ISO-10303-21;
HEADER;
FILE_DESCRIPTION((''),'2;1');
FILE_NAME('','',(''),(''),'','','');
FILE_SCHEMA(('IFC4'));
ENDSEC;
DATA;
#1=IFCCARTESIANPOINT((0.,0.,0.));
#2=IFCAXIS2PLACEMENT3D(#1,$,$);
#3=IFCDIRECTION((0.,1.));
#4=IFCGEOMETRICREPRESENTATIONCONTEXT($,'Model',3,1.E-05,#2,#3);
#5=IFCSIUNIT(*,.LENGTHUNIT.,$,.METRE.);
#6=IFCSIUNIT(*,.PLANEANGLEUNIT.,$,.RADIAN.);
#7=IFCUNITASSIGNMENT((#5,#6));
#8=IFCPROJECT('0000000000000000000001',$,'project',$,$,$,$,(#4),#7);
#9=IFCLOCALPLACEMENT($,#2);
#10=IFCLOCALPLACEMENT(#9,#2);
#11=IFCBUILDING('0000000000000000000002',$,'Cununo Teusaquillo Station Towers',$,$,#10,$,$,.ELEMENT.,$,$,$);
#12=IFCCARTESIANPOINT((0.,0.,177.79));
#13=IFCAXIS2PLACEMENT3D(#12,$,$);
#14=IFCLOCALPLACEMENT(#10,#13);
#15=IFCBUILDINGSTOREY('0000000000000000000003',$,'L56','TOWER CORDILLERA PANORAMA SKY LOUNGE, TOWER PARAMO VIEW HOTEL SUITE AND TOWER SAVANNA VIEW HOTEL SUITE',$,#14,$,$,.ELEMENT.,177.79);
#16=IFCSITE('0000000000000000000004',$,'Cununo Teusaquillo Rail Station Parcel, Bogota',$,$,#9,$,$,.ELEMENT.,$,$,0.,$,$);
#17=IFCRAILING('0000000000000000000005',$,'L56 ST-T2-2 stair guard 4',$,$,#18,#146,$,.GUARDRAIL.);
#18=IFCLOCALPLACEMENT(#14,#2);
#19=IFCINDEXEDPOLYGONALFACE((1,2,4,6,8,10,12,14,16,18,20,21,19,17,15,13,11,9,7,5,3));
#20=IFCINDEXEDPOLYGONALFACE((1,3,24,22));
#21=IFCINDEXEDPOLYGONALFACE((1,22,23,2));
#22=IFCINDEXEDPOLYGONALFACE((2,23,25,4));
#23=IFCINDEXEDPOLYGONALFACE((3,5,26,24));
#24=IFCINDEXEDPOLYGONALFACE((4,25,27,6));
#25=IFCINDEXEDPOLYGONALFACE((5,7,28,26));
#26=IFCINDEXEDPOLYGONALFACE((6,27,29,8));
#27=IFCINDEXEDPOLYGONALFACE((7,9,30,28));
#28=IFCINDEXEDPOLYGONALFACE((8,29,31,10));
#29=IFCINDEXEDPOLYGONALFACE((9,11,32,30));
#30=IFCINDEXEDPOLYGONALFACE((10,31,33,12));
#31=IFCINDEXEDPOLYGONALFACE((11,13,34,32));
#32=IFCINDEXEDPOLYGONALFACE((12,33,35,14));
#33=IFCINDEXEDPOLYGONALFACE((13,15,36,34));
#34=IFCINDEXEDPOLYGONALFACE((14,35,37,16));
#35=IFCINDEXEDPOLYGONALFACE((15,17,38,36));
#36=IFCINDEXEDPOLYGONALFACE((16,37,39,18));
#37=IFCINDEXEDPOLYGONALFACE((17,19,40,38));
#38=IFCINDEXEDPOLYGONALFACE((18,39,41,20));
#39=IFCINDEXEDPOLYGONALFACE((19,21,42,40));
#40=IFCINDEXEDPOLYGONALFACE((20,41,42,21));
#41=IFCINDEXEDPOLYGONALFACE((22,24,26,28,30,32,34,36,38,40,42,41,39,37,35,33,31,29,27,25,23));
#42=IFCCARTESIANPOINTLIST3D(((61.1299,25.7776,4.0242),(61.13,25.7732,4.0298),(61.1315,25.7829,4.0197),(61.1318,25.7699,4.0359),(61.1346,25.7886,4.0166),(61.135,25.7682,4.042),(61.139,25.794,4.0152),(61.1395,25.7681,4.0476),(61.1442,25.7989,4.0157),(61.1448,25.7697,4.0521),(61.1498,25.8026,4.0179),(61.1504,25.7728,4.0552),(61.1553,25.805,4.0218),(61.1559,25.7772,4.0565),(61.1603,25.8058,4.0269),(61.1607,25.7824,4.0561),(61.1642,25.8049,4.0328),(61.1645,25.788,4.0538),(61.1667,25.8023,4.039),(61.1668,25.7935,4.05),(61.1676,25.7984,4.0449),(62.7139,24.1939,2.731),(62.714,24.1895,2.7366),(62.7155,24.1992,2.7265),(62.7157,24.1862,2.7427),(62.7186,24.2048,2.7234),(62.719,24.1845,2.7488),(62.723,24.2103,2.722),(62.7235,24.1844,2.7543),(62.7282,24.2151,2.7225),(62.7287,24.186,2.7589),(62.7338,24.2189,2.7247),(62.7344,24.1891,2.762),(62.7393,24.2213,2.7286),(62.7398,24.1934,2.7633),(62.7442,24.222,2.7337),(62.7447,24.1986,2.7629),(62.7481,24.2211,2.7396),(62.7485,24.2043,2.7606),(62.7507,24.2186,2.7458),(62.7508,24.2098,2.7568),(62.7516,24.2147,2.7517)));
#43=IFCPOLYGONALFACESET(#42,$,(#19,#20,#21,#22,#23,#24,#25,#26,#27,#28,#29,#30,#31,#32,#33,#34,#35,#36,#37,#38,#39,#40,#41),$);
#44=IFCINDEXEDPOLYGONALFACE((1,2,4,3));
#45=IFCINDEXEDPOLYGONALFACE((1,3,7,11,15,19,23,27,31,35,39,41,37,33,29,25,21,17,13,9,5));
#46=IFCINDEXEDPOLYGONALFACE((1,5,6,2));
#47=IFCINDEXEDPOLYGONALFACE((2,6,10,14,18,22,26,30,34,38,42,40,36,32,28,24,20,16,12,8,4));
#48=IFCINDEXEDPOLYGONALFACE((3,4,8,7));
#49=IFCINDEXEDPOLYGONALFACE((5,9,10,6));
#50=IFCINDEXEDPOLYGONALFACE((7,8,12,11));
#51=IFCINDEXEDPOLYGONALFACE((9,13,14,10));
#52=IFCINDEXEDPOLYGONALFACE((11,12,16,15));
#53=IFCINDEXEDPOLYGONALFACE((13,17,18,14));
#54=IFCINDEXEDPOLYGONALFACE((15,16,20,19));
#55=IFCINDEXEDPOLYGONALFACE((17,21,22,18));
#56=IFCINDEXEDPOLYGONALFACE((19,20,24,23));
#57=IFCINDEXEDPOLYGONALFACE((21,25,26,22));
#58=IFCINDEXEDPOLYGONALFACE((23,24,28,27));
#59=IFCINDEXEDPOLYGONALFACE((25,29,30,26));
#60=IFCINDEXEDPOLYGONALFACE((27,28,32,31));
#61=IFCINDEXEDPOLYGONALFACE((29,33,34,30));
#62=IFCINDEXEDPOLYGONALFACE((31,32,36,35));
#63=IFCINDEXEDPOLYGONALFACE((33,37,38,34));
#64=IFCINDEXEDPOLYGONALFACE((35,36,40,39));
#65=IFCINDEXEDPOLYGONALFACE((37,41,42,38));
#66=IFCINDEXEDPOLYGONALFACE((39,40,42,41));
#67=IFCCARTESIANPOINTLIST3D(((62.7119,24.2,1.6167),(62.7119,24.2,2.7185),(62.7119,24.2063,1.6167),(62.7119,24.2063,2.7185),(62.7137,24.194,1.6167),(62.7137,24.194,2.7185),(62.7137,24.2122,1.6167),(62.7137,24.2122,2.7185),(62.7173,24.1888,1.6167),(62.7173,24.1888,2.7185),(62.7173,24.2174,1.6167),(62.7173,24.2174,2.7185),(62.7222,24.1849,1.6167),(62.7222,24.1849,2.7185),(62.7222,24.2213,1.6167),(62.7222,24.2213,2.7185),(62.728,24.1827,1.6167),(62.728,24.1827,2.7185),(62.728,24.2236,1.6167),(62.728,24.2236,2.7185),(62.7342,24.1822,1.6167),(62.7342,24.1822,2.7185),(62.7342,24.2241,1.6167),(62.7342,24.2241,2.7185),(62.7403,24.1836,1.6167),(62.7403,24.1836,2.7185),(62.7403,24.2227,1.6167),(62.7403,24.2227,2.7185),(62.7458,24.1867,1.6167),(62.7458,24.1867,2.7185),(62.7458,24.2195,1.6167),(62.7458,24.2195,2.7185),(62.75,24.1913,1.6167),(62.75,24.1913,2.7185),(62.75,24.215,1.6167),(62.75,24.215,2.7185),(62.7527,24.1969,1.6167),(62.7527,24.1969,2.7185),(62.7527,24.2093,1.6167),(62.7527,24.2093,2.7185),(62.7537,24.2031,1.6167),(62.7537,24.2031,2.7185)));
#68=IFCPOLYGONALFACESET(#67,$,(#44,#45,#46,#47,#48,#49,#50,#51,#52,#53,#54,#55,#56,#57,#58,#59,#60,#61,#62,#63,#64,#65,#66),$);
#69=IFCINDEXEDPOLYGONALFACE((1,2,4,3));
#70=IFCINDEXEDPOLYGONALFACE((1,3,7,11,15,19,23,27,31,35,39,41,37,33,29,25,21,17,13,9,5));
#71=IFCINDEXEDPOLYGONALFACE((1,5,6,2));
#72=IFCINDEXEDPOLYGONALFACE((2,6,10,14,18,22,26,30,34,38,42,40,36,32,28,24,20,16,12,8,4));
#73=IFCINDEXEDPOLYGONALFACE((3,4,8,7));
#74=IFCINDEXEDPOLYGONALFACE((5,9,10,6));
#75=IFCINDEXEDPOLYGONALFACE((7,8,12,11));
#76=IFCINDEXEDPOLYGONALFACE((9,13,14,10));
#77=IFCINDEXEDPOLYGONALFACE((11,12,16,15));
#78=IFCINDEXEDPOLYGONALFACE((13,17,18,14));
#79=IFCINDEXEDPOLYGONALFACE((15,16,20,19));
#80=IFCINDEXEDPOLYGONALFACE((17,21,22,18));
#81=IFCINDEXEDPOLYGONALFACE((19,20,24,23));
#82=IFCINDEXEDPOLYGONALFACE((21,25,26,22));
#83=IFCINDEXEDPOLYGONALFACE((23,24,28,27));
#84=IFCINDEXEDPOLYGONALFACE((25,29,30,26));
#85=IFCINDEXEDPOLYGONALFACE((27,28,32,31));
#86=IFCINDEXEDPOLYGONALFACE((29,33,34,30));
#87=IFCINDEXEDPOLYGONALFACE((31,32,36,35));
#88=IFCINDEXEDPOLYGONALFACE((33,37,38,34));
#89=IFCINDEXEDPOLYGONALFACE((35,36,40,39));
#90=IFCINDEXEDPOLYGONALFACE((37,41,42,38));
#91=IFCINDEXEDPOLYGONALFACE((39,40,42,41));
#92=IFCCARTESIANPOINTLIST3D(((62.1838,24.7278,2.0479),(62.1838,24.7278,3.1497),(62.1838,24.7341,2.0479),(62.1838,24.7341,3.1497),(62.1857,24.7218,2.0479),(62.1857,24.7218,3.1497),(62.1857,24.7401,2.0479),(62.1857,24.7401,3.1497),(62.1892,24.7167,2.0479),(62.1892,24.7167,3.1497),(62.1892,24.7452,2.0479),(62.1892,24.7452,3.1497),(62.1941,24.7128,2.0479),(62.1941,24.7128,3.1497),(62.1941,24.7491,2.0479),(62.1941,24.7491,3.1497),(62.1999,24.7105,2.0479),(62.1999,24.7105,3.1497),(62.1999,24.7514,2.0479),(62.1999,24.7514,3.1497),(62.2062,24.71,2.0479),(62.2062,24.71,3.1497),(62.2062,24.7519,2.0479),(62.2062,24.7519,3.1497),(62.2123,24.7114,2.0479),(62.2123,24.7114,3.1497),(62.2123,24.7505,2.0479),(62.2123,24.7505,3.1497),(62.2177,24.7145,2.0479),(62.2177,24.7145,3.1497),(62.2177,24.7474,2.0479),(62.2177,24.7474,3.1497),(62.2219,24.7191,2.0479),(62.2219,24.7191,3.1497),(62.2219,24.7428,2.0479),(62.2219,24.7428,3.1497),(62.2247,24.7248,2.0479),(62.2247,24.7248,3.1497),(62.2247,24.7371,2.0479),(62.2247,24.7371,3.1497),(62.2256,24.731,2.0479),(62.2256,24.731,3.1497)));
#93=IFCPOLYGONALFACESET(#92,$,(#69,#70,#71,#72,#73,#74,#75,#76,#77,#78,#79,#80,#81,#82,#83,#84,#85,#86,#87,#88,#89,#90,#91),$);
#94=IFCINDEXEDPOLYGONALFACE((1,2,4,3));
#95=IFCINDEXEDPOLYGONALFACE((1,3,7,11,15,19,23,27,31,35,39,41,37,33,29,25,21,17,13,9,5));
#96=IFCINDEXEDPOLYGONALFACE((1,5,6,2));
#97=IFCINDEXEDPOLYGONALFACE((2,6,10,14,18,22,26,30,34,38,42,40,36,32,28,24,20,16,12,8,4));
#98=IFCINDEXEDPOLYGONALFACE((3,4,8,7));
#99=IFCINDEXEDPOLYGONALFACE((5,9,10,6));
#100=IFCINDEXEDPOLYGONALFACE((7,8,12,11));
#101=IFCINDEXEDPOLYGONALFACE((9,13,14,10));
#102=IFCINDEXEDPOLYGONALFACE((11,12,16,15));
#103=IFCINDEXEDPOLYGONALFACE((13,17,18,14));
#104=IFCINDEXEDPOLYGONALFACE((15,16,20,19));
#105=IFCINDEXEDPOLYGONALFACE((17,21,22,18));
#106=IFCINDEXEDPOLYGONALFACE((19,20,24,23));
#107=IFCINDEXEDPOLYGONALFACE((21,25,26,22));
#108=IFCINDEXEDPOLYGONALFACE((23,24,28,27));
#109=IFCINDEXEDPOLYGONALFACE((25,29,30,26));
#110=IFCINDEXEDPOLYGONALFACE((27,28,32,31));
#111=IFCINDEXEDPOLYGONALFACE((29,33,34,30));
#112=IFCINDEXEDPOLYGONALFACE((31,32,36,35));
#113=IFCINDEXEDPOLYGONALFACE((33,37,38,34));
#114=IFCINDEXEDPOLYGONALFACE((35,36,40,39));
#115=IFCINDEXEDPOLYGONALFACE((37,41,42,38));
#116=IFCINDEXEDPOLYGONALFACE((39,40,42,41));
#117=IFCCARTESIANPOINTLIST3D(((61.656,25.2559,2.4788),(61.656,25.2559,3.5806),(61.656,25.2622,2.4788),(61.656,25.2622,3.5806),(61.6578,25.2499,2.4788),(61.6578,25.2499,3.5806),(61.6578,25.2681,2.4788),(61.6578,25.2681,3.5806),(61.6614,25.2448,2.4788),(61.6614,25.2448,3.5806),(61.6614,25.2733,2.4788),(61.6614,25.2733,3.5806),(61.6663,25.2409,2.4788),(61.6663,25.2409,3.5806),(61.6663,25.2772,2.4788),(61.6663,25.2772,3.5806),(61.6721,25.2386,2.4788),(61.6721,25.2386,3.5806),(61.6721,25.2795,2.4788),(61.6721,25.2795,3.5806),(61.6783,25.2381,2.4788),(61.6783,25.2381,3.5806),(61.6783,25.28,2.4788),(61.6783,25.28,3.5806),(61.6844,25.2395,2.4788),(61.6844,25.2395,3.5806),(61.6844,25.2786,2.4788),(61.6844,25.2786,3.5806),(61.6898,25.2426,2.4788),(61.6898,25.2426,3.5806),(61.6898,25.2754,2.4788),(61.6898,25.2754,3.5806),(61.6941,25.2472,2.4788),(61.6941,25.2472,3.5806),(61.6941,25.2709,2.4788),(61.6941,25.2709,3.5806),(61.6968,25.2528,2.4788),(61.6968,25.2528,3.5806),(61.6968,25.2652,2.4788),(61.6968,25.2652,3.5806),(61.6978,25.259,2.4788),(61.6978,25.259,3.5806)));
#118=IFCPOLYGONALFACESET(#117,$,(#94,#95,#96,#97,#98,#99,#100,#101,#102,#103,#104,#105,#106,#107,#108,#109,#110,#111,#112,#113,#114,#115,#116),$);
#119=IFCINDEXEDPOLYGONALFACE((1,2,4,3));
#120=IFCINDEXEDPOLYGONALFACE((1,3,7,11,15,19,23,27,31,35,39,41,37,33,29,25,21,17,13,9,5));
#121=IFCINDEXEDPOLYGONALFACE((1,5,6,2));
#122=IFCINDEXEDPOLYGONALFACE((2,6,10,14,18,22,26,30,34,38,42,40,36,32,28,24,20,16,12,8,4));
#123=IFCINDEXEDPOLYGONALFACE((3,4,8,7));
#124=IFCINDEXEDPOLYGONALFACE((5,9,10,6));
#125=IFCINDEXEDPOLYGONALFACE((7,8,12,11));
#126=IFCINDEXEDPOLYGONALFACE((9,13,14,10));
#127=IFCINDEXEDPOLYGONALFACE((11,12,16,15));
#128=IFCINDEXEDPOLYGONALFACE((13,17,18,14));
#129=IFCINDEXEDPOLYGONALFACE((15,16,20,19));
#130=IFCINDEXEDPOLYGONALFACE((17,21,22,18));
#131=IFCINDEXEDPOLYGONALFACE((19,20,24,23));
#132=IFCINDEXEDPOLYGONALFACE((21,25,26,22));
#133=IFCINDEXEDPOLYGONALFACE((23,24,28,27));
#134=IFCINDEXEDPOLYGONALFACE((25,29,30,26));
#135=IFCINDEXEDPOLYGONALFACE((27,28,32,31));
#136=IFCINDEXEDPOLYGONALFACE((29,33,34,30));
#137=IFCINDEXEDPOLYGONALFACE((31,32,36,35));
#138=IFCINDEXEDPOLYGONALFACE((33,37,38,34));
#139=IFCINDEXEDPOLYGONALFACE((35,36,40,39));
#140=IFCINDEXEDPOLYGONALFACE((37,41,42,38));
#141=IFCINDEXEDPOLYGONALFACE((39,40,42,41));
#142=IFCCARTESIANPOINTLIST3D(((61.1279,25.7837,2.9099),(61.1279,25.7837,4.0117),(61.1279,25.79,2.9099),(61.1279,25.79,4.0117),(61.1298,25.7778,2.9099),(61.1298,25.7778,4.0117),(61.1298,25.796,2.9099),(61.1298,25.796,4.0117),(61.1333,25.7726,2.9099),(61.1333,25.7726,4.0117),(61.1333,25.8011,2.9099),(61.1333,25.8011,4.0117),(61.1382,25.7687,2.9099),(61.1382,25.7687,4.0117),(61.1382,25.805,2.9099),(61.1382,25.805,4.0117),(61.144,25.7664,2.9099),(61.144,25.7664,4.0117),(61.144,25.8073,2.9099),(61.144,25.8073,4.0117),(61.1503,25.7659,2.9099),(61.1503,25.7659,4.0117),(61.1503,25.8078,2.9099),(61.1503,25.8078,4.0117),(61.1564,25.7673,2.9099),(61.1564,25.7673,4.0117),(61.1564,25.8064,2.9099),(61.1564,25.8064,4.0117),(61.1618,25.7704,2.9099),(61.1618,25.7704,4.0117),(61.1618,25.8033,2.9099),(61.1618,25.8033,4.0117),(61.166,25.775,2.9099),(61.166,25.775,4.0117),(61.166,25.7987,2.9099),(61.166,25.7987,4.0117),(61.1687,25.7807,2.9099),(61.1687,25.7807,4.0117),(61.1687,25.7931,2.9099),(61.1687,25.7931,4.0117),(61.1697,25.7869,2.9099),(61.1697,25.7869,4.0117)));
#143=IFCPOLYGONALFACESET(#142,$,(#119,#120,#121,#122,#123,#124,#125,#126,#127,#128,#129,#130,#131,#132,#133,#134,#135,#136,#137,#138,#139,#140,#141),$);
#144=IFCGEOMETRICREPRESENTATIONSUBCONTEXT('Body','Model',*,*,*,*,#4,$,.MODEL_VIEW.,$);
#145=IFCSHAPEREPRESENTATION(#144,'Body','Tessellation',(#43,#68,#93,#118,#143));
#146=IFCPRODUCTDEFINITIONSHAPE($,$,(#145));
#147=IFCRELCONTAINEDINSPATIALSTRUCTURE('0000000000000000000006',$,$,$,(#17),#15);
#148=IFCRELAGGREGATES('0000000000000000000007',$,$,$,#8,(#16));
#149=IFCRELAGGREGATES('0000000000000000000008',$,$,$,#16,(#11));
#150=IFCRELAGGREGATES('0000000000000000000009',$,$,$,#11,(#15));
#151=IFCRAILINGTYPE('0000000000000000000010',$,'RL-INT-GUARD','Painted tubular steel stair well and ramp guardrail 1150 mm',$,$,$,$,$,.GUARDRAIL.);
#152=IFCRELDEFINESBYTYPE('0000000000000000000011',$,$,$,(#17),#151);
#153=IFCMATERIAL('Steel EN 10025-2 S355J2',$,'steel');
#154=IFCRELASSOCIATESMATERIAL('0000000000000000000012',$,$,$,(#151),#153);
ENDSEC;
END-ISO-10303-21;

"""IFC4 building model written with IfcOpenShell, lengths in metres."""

from ifc_helpers import new_model, si_unit, direction, frame, origin, origin_2d, place, context, subcontext, project, spatial, circle, extrude, material, type_object, element, save


model = new_model("IFC4")

# Units and contexts
model_context = context("Model", 3, precision=1e-05, world=origin(), true_north=direction((0.0, 1.0)))
body_context = subcontext(model_context, "Body", "Model", "MODEL_VIEW")
ifc_project = project(units=[si_unit("LENGTHUNIT", "METRE"), si_unit("PLANEANGLEUNIT", "RADIAN")], contexts=[model_context])

# Site, building, storey
site_placement = place(None, origin())
site = spatial("IfcSite", under=ifc_project, at=site_placement, Name="Cununo Teusaquillo Rail Station Parcel, Bogota", CompositionType="ELEMENT", RefElevation=0.0)
building_placement = place(site_placement, origin())
building = spatial("IfcBuilding", under=site, at=building_placement, Name="Cununo Teusaquillo Station Towers", CompositionType="ELEMENT")
storey_placement = place(building_placement, frame((0.0, 0.0, 177.79)))
storey = spatial("IfcBuildingStorey", under=building, at=storey_placement, Name="L56", Description="TOWER CORDILLERA PANORAMA SKY LOUNGE, TOWER PARAMO VIEW HOTEL SUITE AND TOWER SAVANNA VIEW HOTEL SUITE", CompositionType="ELEMENT", Elevation=177.79)

# Railing
ifc_material_1 = material(Name="Steel EN 10025-2 S355J2", Category="steel")
railing_type_1 = type_object("IfcRailingType", Name="RL-INT-GUARD", Description="Painted tubular steel stair well and ramp guardrail 1150 mm", PredefinedType="GUARDRAIL", material=ifc_material_1)
railing_1_placement = place(storey_placement, frame((62.7327, 24.2031, 1.6167)))
element("IfcRailing", 1, at=railing_1_placement, inside=storey, type_object=railing_type_1, Name="L56 ST-T2-2 stair guard 4", PredefinedType="GUARDRAIL", context=body_context, shape_type="SweptSolid", body=[
    extrude(circle(Radius=0.0239, at=origin_2d()), frame((0.0, 0.0, 1.126), z_axis=(-0.61242, 0.612326, 0.499998), x_axis=(-0.707052, -0.707161, 0.0)), (0.0, 0.0, 1.0), 2.5864),
    extrude(circle(Radius=0.021, at=origin_2d()), origin(), (0.0, 0.0, 1.0), 1.1018),
    extrude(circle(Radius=0.021, at=origin_2d()), frame((-0.5281, 0.5278, 0.4312)), (0.0, 0.0, 1.0), 1.1018),
    extrude(circle(Radius=0.021, at=origin_2d()), frame((-1.0559, 1.0559, 0.8621)), (0.0, 0.0, 1.0), 1.1018),
    extrude(circle(Radius=0.021, at=origin_2d()), frame((-1.584, 1.5837, 1.2932)), (0.0, 0.0, 1.0), 1.1018),
])

save(model, "model.ifc")
